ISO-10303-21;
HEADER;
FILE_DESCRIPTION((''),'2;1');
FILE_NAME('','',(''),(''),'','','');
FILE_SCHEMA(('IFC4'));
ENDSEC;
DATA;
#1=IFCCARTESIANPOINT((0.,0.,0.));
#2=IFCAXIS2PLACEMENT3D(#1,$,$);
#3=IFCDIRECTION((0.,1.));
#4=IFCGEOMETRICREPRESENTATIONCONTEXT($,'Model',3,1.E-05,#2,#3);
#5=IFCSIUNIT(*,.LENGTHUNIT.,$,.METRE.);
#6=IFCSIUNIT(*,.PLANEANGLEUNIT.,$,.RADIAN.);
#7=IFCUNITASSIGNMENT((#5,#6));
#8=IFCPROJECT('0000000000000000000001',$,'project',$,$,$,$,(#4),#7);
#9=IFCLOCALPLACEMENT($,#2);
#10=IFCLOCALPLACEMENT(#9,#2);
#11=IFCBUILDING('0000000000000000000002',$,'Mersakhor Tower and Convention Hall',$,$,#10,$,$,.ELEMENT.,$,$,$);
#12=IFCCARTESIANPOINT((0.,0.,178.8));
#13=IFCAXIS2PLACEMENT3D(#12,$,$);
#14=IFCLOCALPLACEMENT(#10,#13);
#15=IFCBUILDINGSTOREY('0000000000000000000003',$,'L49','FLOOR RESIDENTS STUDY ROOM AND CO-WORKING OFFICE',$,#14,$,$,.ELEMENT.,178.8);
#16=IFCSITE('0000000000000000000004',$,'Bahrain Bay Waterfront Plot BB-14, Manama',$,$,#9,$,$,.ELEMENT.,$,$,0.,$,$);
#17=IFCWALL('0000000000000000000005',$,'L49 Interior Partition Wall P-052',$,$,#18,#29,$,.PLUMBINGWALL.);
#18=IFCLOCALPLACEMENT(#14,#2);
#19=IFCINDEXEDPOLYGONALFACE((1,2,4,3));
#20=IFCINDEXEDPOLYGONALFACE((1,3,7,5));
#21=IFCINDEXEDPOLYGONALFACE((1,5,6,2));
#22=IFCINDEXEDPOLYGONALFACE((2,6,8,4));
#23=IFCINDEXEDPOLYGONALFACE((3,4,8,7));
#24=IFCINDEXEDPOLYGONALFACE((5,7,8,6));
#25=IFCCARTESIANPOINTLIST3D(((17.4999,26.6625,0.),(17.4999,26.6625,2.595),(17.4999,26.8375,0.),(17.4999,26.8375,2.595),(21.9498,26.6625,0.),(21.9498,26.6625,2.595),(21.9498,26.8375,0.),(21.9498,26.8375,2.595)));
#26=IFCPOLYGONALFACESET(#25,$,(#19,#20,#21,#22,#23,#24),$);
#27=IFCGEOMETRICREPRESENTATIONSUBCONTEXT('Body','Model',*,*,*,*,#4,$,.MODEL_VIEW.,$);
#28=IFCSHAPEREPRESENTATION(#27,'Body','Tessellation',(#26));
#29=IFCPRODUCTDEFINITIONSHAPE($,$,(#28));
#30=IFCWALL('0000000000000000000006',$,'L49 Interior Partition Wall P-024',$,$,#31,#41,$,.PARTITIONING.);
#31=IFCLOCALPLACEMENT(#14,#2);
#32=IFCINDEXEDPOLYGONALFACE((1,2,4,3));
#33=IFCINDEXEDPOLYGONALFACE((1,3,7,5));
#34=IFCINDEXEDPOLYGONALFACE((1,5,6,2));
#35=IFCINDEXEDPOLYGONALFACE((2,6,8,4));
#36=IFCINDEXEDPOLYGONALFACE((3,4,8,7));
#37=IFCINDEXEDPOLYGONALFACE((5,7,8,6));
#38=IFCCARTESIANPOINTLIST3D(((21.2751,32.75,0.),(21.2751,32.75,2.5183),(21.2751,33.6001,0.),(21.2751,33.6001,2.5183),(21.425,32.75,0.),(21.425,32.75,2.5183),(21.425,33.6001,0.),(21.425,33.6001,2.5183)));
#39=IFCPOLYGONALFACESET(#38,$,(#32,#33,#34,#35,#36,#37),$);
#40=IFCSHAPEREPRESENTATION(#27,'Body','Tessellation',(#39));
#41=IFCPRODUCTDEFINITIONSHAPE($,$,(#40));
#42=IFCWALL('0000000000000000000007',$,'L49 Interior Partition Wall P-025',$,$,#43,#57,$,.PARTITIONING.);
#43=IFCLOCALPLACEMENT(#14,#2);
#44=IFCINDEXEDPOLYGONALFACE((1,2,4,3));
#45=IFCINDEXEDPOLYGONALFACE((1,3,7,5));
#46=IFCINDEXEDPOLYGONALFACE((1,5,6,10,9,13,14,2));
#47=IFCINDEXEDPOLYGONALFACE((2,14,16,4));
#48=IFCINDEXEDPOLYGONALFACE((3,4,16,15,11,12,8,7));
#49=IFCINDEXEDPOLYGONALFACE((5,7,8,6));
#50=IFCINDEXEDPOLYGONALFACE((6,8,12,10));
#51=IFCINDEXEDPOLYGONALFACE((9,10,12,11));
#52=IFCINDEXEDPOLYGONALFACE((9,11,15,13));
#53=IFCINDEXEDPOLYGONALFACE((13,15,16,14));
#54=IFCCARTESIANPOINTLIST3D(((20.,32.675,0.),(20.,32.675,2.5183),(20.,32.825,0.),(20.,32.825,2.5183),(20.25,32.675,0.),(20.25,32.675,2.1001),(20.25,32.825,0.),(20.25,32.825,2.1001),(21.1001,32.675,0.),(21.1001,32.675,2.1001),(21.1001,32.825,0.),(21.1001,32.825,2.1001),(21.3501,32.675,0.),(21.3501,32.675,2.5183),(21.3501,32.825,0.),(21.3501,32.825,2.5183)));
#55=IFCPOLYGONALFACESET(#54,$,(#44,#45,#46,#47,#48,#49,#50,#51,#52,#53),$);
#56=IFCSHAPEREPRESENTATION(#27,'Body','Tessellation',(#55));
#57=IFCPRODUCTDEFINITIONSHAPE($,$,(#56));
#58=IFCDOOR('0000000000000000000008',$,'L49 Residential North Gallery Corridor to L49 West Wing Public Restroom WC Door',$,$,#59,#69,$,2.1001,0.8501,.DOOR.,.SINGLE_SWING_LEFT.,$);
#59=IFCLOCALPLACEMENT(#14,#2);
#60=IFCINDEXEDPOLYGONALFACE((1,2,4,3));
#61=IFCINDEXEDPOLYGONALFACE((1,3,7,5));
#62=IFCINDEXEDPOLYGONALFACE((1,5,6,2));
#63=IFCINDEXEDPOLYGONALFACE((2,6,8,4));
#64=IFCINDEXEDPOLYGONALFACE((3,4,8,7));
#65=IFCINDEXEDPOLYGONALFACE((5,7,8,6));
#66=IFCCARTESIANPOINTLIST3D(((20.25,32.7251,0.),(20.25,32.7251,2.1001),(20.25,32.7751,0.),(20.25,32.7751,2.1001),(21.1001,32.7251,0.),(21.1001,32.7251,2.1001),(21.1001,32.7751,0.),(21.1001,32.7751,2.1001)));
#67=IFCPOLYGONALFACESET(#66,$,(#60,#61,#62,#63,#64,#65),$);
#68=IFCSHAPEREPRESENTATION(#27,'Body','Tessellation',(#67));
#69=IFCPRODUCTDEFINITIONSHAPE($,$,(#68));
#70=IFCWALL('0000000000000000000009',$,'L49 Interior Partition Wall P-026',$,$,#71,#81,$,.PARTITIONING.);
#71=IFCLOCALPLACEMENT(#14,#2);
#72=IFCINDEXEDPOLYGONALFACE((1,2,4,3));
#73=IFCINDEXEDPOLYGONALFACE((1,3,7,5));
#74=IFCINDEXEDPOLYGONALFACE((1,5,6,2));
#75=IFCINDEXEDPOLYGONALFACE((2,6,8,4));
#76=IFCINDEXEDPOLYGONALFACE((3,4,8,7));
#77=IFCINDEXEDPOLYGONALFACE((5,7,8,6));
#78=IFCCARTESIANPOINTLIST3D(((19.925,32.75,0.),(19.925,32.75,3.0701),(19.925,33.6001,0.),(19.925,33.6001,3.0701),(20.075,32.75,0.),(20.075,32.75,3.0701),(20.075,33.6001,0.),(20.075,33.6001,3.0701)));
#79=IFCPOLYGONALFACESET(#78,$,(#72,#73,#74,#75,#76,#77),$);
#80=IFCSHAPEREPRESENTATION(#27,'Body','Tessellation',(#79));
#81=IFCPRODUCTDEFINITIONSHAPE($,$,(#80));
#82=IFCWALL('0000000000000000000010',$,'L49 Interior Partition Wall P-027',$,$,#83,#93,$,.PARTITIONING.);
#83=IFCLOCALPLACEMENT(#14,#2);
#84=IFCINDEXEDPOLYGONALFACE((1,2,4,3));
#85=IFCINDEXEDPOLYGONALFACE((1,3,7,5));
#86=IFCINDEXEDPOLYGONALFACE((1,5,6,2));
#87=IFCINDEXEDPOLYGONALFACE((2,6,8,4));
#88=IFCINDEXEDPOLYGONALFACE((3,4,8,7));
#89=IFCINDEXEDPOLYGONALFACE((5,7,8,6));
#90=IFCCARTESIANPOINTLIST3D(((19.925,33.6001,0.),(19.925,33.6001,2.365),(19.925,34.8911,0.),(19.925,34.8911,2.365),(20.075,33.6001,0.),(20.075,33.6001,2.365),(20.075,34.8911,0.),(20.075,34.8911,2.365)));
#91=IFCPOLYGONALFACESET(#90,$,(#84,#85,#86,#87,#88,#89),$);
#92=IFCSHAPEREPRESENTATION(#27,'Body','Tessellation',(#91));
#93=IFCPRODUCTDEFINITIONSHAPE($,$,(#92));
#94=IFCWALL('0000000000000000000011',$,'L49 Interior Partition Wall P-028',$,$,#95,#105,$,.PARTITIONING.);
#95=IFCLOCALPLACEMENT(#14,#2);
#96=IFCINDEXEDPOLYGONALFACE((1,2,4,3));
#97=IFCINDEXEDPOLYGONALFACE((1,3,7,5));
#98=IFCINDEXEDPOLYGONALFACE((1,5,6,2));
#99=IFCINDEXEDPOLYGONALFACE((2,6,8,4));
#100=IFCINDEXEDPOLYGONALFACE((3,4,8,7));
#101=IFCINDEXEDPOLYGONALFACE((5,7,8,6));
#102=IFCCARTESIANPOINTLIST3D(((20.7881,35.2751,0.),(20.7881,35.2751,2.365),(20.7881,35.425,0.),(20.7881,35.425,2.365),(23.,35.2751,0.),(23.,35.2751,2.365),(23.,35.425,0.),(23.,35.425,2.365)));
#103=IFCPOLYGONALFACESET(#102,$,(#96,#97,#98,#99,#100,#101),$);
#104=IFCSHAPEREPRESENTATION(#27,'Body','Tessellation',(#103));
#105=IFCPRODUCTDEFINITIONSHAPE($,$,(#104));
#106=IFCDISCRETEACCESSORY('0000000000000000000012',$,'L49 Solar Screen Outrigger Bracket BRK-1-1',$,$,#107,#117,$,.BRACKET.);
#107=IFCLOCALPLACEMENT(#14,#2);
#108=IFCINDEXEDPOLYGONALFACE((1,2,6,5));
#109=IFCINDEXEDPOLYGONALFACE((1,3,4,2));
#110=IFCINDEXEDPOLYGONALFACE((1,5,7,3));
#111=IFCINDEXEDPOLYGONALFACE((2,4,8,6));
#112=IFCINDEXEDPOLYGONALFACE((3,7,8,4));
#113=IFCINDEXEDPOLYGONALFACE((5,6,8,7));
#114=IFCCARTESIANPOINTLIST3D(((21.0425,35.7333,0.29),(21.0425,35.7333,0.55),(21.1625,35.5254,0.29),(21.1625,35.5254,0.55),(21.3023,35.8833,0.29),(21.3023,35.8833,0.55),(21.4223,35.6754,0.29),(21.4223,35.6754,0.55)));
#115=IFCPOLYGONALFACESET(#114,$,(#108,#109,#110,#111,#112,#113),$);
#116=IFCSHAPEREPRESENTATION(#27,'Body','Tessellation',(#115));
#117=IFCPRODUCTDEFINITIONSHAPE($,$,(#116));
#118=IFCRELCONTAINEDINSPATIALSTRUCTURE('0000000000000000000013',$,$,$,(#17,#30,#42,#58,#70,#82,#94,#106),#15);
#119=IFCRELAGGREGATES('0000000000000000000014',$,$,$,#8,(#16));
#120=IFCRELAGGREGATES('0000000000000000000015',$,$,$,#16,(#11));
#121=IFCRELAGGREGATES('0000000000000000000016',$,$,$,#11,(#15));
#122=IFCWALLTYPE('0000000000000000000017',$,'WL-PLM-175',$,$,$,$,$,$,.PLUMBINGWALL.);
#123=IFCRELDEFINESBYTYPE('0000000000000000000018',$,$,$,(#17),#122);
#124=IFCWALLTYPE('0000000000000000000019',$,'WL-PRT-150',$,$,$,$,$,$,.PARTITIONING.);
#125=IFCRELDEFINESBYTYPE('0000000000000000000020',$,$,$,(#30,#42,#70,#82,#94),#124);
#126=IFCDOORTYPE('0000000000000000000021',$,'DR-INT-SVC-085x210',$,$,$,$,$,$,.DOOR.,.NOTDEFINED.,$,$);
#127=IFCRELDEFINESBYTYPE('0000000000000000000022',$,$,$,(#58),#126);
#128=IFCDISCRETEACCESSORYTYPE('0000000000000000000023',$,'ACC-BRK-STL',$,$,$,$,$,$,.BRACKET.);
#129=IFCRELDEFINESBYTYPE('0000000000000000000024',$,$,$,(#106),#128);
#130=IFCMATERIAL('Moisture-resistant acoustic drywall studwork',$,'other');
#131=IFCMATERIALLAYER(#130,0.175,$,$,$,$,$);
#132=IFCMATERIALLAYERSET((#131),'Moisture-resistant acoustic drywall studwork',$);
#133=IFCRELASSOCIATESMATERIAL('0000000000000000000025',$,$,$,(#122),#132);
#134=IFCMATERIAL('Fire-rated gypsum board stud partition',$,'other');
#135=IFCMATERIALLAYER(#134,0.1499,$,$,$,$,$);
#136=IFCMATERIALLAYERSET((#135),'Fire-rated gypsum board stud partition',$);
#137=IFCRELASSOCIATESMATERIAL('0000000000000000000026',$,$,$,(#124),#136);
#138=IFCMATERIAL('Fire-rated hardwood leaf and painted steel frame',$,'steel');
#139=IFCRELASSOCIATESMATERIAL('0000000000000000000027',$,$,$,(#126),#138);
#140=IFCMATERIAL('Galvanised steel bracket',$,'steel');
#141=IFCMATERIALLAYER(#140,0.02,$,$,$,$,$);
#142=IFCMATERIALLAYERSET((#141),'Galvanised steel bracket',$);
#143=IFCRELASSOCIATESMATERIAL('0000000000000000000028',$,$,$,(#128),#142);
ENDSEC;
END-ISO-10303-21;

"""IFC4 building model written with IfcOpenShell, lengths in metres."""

from ifc_helpers import new_model, si_unit, direction, frame, frame_2d, origin, origin_2d, place, context, subcontext, project, spatial, rectangle, extrude, material, layer, layer_set, type_object, element, fill, save


model = new_model("IFC4")

# Units and contexts
model_context = context("Model", 3, precision=1e-05, world=origin(), true_north=direction((0.0, 1.0)))
body_context = subcontext(model_context, "Body", "Model", "MODEL_VIEW")
ifc_project = project(units=[si_unit("LENGTHUNIT", "METRE"), si_unit("PLANEANGLEUNIT", "RADIAN")], contexts=[model_context])

# Site, building, storey
site_placement = place(None, origin())
site = spatial("IfcSite", under=ifc_project, at=site_placement, Name="Bahrain Bay Waterfront Plot BB-14, Manama", CompositionType="ELEMENT", RefElevation=0.0)
building_placement = place(site_placement, origin())
building = spatial("IfcBuilding", under=site, at=building_placement, Name="Mersakhor Tower and Convention Hall", CompositionType="ELEMENT")
storey_placement = place(building_placement, frame((0.0, 0.0, 178.8)))
storey = spatial("IfcBuildingStorey", under=building, at=storey_placement, Name="L49", Description="FLOOR RESIDENTS STUDY ROOM AND CO-WORKING OFFICE", CompositionType="ELEMENT", Elevation=178.8)

# Walls
ifc_material_1 = material(Name="Moisture-resistant acoustic drywall studwork", Category="other")
ifc_layer_1 = layer(ifc_material_1, 0.175)
ifc_layer_set_1 = layer_set([ifc_layer_1], Name="Moisture-resistant acoustic drywall studwork")
wall_type_1 = type_object("IfcWallType", Name="WL-PLM-175", PredefinedType="PLUMBINGWALL", material=ifc_layer_set_1)
wall_1_placement = place(storey_placement, frame((21.95, 26.75, 0.0), z_axis=(0.0, 0.0, 1.0), x_axis=(-1.0, 0.0, 0.0)))
element("IfcWall", 1, at=wall_1_placement, inside=storey, type_object=wall_type_1, Name="L49 Interior Partition Wall P-052", PredefinedType="PLUMBINGWALL", context=body_context, shape_type="SweptSolid", body=[
    extrude(rectangle(XDim=4.45, YDim=0.175, at=frame_2d((2.2251, 0.0))), origin(), (0.0, 0.0, 1.0), 2.595),
])
ifc_material_2 = material(Name="Fire-rated gypsum board stud partition", Category="other")
ifc_layer_2 = layer(ifc_material_2, 0.1499)
ifc_layer_set_2 = layer_set([ifc_layer_2], Name="Fire-rated gypsum board stud partition")
wall_type_2 = type_object("IfcWallType", Name="WL-PRT-150", PredefinedType="PARTITIONING", material=ifc_layer_set_2)
wall_2_placement = place(storey_placement, frame((21.3501, 33.6001, 0.0), z_axis=(0.0, 0.0, 1.0), x_axis=(0.0, -1.0, 0.0)))
element("IfcWall", 2, at=wall_2_placement, inside=storey, type_object=wall_type_2, Name="L49 Interior Partition Wall P-024", PredefinedType="PARTITIONING", context=body_context, shape_type="SweptSolid", body=[
    extrude(rectangle(XDim=0.8501, YDim=0.1499, at=frame_2d((0.425, 0.0))), origin(), (0.0, 0.0, 1.0), 2.5183),
])

# Wall, opening, door
wall_3_placement = place(storey_placement, frame((21.3501, 32.75, 0.0), z_axis=(0.0, 0.0, 1.0), x_axis=(-1.0, 0.0, 0.0)))
wall_3 = element("IfcWall", 3, at=wall_3_placement, inside=storey, type_object=wall_type_2, Name="L49 Interior Partition Wall P-025", PredefinedType="PARTITIONING", context=body_context, shape_type="SweptSolid", body=[
    extrude(rectangle(XDim=1.3501, YDim=0.1499, at=frame_2d((0.675, 0.0))), origin(), (0.0, 0.0, 1.0), 2.5183),
])
opening_placement = place(wall_3_placement, frame((0.25, 0.0, 0.0)))
opening = element("IfcOpeningElement", 4, at=opening_placement, cuts=wall_3, PredefinedType="OPENING", context=body_context, shape_type="SweptSolid", body=[
    extrude(rectangle(XDim=0.8501, YDim=2.1001, at=frame_2d((0.425, 1.05))), frame((0.0, 0.085, 0.0), z_axis=(0.0, -1.0, 0.0), x_axis=(1.0, 0.0, 0.0)), (0.0, 0.0, 1.0), 0.1699),
])
ifc_material_3 = material(Name="Fire-rated hardwood leaf and painted steel frame", Category="steel")
door_type = type_object("IfcDoorType", Name="DR-INT-SVC-085x210", OperationType="NOTDEFINED", PredefinedType="DOOR", material=ifc_material_3)
door_placement = place(opening_placement, origin())
door = element("IfcDoor", 5, at=door_placement, inside=storey, type_object=door_type, Name="L49 Residential North Gallery Corridor to L49 West Wing Public Restroom WC Door", OperationType="SINGLE_SWING_LEFT", OverallHeight=2.1001, OverallWidth=0.8501, PredefinedType="DOOR", context=body_context, shape_type="SweptSolid", body=[
    extrude(rectangle(XDim=0.8501, YDim=2.1001, at=frame_2d((0.425, 1.05))), frame((0.0, 0.0249, 0.0), z_axis=(0.0, -1.0, 0.0), x_axis=(1.0, 0.0, 0.0)), (0.0, 0.0, 1.0), 0.05),
])
fill(opening, door)

# Walls
wall_4_placement = place(storey_placement, frame((20.0, 32.75, 0.0), z_axis=(0.0, 0.0, 1.0), x_axis=(0.0, 1.0, 0.0)))
element("IfcWall", 6, at=wall_4_placement, inside=storey, type_object=wall_type_2, Name="L49 Interior Partition Wall P-026", PredefinedType="PARTITIONING", context=body_context, shape_type="SweptSolid", body=[
    extrude(rectangle(XDim=0.8501, YDim=0.1499, at=frame_2d((0.425, 0.0))), origin(), (0.0, 0.0, 1.0), 3.0701),
])
wall_5_placement = place(storey_placement, frame((20.0, 33.6001, 0.0), z_axis=(0.0, 0.0, 1.0), x_axis=(0.0, 1.0, 0.0)))
element("IfcWall", 7, at=wall_5_placement, inside=storey, type_object=wall_type_2, Name="L49 Interior Partition Wall P-027", PredefinedType="PARTITIONING", context=body_context, shape_type="SweptSolid", body=[
    extrude(rectangle(XDim=1.291, YDim=0.1499, at=frame_2d((0.6455, 0.0))), origin(), (0.0, 0.0, 1.0), 2.365),
])
wall_6_placement = place(storey_placement, frame((20.7881, 35.3501, 0.0), z_axis=(0.0, 0.0, 1.0), x_axis=(1.0, 0.0, 0.0)))
element("IfcWall", 8, at=wall_6_placement, inside=storey, type_object=wall_type_2, Name="L49 Interior Partition Wall P-028", PredefinedType="PARTITIONING", context=body_context, shape_type="SweptSolid", body=[
    extrude(rectangle(XDim=2.2119, YDim=0.1499, at=frame_2d((1.106, 0.0))), origin(), (0.0, 0.0, 1.0), 2.365),
])

# Discrete accessory
ifc_material_4 = material(Name="Galvanised steel bracket", Category="steel")
ifc_layer_3 = layer(ifc_material_4, 0.02)
ifc_layer_set_3 = layer_set([ifc_layer_3], Name="Galvanised steel bracket")
discrete_accessory_type = type_object("IfcDiscreteAccessoryType", Name="ACC-BRK-STL", PredefinedType="BRACKET", material=ifc_layer_set_3)
discrete_accessory_placement = place(storey_placement, frame((21.2324, 35.7043, 0.29), z_axis=(0.0, 0.0, 1.0), x_axis=(0.866025, 0.5, 0.0)))
element("IfcDiscreteAccessory", 9, at=discrete_accessory_placement, inside=storey, type_object=discrete_accessory_type, Name="L49 Solar Screen Outrigger Bracket BRK-1-1", PredefinedType="BRACKET", context=body_context, shape_type="SweptSolid", body=[
    extrude(rectangle(XDim=0.3, YDim=0.24, at=origin_2d()), origin(), (0.0, 0.0, 1.0), 0.26),
])

save(model, "model.ifc")
